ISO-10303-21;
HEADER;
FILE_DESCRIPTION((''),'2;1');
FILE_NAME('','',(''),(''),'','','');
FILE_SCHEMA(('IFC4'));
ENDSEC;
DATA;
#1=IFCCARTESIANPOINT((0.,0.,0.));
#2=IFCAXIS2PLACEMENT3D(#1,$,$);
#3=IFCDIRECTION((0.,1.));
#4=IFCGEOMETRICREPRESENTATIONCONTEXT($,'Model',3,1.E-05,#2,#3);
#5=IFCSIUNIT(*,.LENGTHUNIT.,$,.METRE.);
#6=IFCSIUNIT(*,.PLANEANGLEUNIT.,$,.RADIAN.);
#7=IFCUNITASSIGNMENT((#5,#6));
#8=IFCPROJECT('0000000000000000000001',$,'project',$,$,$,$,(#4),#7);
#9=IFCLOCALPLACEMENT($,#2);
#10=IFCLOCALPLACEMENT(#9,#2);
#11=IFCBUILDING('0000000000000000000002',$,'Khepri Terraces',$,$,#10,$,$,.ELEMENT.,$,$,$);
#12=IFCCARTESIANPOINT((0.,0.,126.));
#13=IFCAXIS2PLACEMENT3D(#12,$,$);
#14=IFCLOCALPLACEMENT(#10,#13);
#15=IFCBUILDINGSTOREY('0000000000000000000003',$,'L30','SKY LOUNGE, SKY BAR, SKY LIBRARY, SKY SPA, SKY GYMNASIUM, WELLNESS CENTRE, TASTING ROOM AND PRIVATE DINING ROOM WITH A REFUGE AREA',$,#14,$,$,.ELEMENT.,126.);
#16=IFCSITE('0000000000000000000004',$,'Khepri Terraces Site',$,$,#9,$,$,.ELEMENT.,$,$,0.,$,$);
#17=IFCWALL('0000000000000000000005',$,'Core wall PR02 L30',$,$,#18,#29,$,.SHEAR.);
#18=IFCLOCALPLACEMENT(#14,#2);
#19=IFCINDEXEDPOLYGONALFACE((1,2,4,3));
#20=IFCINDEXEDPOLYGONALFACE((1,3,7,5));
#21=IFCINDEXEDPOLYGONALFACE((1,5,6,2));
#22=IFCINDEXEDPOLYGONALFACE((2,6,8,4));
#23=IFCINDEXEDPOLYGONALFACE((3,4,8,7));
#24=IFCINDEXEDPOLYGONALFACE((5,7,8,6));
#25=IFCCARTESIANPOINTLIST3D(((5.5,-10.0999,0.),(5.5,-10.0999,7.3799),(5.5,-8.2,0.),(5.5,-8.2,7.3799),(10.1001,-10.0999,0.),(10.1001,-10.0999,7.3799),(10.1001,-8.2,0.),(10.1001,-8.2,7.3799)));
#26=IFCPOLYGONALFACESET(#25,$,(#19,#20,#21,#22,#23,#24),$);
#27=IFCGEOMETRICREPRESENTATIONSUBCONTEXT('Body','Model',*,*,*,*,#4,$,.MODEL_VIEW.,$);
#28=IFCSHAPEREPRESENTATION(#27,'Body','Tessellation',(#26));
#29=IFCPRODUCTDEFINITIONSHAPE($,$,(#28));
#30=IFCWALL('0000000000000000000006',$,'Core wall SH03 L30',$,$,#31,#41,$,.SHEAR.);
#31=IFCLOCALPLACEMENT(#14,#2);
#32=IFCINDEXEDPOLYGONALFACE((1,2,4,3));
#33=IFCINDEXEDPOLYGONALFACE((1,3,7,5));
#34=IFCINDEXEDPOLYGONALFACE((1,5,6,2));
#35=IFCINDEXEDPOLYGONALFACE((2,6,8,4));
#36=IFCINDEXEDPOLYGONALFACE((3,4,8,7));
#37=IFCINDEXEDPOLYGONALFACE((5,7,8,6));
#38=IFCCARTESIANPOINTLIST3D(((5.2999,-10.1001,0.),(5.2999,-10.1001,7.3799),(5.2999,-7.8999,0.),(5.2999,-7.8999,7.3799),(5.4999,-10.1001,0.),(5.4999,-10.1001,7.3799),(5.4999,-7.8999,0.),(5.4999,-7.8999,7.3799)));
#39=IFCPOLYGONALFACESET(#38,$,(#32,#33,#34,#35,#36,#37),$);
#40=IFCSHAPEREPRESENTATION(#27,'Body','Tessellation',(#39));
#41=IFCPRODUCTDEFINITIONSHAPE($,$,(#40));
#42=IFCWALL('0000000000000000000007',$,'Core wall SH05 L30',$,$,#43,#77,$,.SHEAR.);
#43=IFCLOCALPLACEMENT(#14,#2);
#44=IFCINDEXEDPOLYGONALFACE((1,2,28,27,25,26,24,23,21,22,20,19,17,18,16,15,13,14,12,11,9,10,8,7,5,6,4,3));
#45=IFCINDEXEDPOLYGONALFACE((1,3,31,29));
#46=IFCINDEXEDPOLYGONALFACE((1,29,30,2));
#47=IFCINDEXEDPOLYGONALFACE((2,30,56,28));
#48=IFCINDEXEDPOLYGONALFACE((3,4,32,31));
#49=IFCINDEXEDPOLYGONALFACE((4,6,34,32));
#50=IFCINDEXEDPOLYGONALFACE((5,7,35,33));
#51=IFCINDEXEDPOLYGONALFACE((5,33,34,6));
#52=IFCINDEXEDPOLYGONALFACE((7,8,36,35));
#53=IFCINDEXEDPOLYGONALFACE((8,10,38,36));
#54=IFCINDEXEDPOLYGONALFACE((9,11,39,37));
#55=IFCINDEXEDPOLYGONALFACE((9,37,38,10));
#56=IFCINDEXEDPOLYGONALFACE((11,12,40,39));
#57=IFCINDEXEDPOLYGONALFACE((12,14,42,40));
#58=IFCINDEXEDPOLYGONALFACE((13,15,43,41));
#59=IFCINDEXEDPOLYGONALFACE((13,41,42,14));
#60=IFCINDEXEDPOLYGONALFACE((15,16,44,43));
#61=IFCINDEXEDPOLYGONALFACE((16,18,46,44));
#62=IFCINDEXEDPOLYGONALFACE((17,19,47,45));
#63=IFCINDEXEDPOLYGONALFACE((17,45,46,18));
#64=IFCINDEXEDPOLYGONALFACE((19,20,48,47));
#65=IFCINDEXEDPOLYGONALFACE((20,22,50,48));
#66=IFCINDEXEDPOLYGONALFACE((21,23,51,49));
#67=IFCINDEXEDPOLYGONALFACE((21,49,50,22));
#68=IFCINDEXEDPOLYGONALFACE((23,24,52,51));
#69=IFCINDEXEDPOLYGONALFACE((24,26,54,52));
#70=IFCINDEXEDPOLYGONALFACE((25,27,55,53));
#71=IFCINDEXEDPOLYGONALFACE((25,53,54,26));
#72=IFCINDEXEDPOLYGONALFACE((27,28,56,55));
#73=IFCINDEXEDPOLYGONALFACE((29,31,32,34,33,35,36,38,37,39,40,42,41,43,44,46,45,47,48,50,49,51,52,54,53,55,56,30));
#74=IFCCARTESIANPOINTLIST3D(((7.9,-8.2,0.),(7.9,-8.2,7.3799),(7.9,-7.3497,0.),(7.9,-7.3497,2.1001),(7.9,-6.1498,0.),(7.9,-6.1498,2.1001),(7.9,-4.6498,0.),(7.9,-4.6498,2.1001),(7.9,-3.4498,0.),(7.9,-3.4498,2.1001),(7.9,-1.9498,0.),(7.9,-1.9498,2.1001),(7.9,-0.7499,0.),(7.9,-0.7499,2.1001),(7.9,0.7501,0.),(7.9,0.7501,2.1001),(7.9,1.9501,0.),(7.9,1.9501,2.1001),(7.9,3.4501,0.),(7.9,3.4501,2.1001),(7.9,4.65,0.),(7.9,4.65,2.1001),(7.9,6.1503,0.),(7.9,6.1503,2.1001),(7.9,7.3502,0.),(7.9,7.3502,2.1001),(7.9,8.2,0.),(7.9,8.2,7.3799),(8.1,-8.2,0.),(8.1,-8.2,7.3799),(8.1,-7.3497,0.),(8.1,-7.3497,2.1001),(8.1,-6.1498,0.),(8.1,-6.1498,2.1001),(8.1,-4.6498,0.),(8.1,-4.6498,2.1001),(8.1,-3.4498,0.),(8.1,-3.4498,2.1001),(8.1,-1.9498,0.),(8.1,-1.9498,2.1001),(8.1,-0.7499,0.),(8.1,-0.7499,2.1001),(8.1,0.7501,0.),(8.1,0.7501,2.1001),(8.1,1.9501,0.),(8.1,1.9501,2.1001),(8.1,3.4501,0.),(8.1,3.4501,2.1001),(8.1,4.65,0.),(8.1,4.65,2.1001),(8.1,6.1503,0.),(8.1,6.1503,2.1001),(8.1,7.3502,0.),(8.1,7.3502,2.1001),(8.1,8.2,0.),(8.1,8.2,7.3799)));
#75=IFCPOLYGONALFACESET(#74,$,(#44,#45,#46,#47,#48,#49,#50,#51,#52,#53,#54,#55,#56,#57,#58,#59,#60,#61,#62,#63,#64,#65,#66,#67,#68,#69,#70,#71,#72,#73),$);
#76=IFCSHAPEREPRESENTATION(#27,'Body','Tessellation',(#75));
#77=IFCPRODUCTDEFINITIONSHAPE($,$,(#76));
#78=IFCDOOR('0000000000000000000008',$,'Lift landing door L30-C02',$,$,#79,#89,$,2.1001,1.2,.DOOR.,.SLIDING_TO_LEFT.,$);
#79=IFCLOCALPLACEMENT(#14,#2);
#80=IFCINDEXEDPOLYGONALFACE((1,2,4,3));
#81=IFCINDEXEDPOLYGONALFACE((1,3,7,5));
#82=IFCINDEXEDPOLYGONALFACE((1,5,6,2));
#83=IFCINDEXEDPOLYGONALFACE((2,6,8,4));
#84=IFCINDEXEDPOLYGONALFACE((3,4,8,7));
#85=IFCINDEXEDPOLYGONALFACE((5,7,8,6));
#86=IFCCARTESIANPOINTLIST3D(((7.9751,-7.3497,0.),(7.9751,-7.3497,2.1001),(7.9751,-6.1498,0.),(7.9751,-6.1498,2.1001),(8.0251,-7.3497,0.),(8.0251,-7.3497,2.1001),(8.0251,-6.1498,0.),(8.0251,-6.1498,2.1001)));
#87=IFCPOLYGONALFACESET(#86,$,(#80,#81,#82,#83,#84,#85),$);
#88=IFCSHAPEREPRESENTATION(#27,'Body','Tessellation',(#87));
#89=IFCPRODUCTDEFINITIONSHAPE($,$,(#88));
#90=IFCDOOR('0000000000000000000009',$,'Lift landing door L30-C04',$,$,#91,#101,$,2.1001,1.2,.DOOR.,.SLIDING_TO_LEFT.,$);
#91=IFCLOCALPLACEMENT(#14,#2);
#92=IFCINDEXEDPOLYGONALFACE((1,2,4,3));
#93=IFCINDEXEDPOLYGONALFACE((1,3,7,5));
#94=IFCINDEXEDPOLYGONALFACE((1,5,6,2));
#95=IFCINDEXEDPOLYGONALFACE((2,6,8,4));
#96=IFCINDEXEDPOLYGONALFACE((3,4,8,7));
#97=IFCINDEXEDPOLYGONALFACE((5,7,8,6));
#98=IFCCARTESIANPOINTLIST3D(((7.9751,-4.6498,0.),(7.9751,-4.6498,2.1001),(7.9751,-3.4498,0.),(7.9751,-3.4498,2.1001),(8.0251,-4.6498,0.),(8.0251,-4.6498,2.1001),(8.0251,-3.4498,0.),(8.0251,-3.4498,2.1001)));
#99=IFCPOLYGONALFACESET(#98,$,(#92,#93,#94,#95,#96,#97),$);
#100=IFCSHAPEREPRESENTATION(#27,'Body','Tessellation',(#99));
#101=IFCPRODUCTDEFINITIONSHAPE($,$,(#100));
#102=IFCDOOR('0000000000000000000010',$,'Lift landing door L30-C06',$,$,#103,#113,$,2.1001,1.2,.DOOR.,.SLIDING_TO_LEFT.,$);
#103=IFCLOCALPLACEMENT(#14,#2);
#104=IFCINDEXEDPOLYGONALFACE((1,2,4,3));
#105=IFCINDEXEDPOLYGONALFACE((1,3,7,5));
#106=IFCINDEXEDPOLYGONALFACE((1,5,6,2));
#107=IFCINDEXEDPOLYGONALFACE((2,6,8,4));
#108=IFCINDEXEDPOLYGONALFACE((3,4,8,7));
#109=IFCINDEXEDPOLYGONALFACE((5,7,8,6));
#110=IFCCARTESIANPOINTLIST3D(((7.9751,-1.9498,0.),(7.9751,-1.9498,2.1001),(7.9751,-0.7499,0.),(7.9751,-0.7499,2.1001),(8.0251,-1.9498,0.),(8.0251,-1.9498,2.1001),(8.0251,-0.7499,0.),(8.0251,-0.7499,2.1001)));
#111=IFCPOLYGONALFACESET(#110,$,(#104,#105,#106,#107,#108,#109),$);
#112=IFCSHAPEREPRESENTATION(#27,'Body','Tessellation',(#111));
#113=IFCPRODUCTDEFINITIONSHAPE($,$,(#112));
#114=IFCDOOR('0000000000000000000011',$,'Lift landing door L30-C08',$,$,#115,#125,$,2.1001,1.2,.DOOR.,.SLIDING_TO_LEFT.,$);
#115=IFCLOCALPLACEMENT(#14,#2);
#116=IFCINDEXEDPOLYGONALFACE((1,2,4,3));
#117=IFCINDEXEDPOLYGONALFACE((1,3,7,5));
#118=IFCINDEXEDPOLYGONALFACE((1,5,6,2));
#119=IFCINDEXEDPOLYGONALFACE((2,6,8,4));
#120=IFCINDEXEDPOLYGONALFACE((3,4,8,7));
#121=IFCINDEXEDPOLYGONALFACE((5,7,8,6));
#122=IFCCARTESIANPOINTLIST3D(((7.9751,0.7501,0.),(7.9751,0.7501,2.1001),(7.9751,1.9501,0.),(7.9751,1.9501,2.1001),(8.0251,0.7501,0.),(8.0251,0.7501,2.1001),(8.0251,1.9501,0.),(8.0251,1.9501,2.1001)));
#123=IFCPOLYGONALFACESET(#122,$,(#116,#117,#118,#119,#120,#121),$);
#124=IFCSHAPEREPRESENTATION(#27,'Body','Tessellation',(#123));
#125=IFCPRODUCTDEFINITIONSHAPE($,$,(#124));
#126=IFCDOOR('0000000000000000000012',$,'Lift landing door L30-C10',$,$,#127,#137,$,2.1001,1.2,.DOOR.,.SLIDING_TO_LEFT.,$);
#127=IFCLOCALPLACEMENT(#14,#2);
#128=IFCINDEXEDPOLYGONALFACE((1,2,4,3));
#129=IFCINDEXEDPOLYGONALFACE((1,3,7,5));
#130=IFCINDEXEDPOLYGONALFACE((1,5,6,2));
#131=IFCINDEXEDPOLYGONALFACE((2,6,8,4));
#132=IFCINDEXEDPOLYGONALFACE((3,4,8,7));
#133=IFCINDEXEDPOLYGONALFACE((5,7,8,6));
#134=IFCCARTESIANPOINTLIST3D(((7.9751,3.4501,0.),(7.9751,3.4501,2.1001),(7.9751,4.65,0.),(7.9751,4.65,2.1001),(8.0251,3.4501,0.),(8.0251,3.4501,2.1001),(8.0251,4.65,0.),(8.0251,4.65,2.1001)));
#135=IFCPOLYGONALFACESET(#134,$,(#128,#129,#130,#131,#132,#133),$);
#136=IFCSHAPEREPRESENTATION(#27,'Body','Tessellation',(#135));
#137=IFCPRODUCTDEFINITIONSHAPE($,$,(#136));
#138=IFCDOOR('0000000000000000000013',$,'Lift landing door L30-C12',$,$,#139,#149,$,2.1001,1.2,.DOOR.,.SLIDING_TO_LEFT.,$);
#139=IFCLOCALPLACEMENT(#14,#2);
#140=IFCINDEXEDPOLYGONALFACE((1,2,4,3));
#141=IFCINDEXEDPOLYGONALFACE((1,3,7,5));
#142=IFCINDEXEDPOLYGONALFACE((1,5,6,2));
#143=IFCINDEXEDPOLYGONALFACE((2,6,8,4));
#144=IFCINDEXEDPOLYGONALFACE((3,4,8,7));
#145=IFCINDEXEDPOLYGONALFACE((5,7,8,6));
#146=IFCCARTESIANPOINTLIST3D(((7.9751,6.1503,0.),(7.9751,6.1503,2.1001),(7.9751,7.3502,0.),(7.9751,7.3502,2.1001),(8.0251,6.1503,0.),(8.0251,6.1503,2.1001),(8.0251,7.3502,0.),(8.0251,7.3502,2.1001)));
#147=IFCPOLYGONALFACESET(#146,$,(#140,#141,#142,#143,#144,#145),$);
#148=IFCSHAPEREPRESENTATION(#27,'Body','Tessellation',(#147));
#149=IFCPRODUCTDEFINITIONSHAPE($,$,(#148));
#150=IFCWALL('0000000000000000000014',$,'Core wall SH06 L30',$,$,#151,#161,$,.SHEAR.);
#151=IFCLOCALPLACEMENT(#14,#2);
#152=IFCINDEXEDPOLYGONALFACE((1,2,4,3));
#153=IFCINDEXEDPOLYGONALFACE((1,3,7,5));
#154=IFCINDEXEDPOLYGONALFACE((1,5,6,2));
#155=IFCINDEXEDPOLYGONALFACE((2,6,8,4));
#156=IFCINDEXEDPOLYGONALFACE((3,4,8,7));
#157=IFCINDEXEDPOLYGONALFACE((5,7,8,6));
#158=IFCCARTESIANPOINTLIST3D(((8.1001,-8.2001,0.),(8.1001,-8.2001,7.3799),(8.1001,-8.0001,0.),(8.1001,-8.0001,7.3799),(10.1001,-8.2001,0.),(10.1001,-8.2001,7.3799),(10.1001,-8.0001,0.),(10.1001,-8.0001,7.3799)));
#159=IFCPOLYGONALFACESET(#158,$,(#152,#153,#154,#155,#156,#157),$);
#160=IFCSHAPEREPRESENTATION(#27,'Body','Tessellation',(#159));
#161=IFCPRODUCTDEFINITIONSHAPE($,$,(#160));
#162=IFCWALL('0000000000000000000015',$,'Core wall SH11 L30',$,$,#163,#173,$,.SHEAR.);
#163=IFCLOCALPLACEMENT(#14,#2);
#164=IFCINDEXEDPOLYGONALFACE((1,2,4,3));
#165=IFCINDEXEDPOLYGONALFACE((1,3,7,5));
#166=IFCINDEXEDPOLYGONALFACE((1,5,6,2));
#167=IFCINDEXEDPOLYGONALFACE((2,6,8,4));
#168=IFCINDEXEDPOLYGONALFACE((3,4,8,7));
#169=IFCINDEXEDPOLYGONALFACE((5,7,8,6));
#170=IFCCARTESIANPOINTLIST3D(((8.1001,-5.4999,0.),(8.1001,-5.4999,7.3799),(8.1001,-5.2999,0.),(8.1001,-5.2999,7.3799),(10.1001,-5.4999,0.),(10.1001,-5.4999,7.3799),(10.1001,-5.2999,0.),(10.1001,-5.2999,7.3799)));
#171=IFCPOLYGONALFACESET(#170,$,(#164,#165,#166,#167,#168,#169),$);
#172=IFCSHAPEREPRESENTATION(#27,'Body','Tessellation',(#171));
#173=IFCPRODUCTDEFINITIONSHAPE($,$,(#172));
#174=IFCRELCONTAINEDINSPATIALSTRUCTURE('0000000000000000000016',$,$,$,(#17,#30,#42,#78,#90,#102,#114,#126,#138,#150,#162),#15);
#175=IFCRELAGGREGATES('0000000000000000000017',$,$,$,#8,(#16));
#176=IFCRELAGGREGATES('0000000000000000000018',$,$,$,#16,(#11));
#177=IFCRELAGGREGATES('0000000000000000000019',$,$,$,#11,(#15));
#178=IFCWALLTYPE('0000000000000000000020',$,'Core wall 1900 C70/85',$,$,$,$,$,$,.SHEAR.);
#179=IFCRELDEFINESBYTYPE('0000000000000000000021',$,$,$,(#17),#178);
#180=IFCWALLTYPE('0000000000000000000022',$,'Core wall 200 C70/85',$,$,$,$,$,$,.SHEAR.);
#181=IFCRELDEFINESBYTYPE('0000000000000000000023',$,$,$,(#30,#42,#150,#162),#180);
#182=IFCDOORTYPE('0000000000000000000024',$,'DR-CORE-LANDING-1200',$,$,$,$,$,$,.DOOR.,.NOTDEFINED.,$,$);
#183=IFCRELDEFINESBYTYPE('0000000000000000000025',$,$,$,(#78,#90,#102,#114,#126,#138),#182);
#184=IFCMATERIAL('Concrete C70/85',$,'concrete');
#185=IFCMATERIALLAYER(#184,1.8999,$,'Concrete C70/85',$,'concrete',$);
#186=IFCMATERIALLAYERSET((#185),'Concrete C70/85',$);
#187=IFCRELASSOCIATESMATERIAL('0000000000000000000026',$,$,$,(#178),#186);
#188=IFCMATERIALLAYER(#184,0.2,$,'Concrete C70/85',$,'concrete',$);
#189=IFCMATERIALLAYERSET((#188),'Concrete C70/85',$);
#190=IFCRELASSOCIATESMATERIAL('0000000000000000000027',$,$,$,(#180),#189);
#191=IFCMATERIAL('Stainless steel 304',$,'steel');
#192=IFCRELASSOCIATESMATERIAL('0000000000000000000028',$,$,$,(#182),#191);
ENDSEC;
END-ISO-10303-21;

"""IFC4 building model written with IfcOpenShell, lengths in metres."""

from ifc_helpers import new_model, si_unit, direction, frame, frame_2d, origin, place, context, subcontext, project, spatial, rectangle, extrude, material, layer, layer_set, type_object, element, fill, save


model = new_model("IFC4")

# Units and contexts
model_context = context("Model", 3, precision=1e-05, world=origin(), true_north=direction((0.0, 1.0)))
body_context = subcontext(model_context, "Body", "Model", "MODEL_VIEW")
ifc_project = project(units=[si_unit("LENGTHUNIT", "METRE"), si_unit("PLANEANGLEUNIT", "RADIAN")], contexts=[model_context])

# Site, building, storey
site_placement = place(None, origin())
site = spatial("IfcSite", under=ifc_project, at=site_placement, Name="Khepri Terraces Site", CompositionType="ELEMENT", RefElevation=0.0)
building_placement = place(site_placement, origin())
building = spatial("IfcBuilding", under=site, at=building_placement, Name="Khepri Terraces", CompositionType="ELEMENT")
storey_placement = place(building_placement, frame((0.0, 0.0, 126.0)))
storey = spatial("IfcBuildingStorey", under=building, at=storey_placement, Name="L30", Description="SKY LOUNGE, SKY BAR, SKY LIBRARY, SKY SPA, SKY GYMNASIUM, WELLNESS CENTRE, TASTING ROOM AND PRIVATE DINING ROOM WITH A REFUGE AREA", CompositionType="ELEMENT", Elevation=126.0)

# Walls
ifc_material_1 = material(Name="Concrete C70/85", Category="concrete")
ifc_layer_1 = layer(ifc_material_1, 1.8999, Name="Concrete C70/85", Category="concrete")
ifc_layer_set_1 = layer_set([ifc_layer_1], Name="Concrete C70/85")
wall_type_1 = type_object("IfcWallType", Name="Core wall 1900 C70/85", PredefinedType="SHEAR", material=ifc_layer_set_1)
wall_1_placement = place(storey_placement, frame((5.5, -9.1499, 0.0), z_axis=(0.0, 0.0, 1.0), x_axis=(1.0, 0.0, 0.0)))
element("IfcWall", 1, at=wall_1_placement, inside=storey, type_object=wall_type_1, Name="Core wall PR02 L30", PredefinedType="SHEAR", context=body_context, shape_type="SweptSolid", body=[
    extrude(rectangle(XDim=4.6001, YDim=1.8999, at=frame_2d((2.3, 0.0))), origin(), (0.0, 0.0, 1.0), 7.3799),
])
ifc_layer_2 = layer(ifc_material_1, 0.2, Name="Concrete C70/85", Category="concrete")
ifc_layer_set_2 = layer_set([ifc_layer_2], Name="Concrete C70/85")
wall_type_2 = type_object("IfcWallType", Name="Core wall 200 C70/85", PredefinedType="SHEAR", material=ifc_layer_set_2)
wall_2_placement = place(storey_placement, frame((5.3999, -10.1001, 0.0), z_axis=(0.0, 0.0, 1.0), x_axis=(0.0, 1.0, 0.0)))
element("IfcWall", 2, at=wall_2_placement, inside=storey, type_object=wall_type_2, Name="Core wall SH03 L30", PredefinedType="SHEAR", context=body_context, shape_type="SweptSolid", body=[
    extrude(rectangle(XDim=2.2002, YDim=0.2, at=frame_2d((1.1001, 0.0))), origin(), (0.0, 0.0, 1.0), 7.3799),
])

# Wall, openings, doors
wall_3_placement = place(storey_placement, frame((8.0, -8.2, 0.0), z_axis=(0.0, 0.0, 1.0), x_axis=(0.0, 1.0, 0.0)))
wall_3 = element("IfcWall", 3, at=wall_3_placement, inside=storey, type_object=wall_type_2, Name="Core wall SH05 L30", PredefinedType="SHEAR", context=body_context, shape_type="SweptSolid", body=[
    extrude(rectangle(XDim=16.3999, YDim=0.2, at=frame_2d((8.2, 0.0))), origin(), (0.0, 0.0, 1.0), 7.3799),
])
opening_1_placement = place(wall_3_placement, frame((0.8501, 0.0, 0.0)))
opening_1 = element("IfcOpeningElement", 4, at=opening_1_placement, cuts=wall_3, PredefinedType="OPENING", context=body_context, shape_type="SweptSolid", body=[
    extrude(rectangle(XDim=1.2, YDim=2.1001, at=frame_2d((0.6001, 1.05))), frame((0.0, 0.1099, 0.0), z_axis=(0.0, -1.0, 0.0), x_axis=(1.0, 0.0, 0.0)), (0.0, 0.0, 1.0), 0.22),
])
opening_2_placement = place(wall_3_placement, frame((3.55, 0.0, 0.0)))
opening_2 = element("IfcOpeningElement", 5, at=opening_2_placement, cuts=wall_3, PredefinedType="OPENING", context=body_context, shape_type="SweptSolid", body=[
    extrude(rectangle(XDim=1.2, YDim=2.1001, at=frame_2d((0.6001, 1.05))), frame((0.0, 0.1099, 0.0), z_axis=(0.0, -1.0, 0.0), x_axis=(1.0, 0.0, 0.0)), (0.0, 0.0, 1.0), 0.22),
])
opening_3_placement = place(wall_3_placement, frame((6.25, 0.0, 0.0)))
opening_3 = element("IfcOpeningElement", 6, at=opening_3_placement, cuts=wall_3, PredefinedType="OPENING", context=body_context, shape_type="SweptSolid", body=[
    extrude(rectangle(XDim=1.2, YDim=2.1001, at=frame_2d((0.6001, 1.05))), frame((0.0, 0.1099, 0.0), z_axis=(0.0, -1.0, 0.0), x_axis=(1.0, 0.0, 0.0)), (0.0, 0.0, 1.0), 0.22),
])
opening_4_placement = place(wall_3_placement, frame((8.95, 0.0, 0.0)))
opening_4 = element("IfcOpeningElement", 7, at=opening_4_placement, cuts=wall_3, PredefinedType="OPENING", context=body_context, shape_type="SweptSolid", body=[
    extrude(rectangle(XDim=1.2, YDim=2.1001, at=frame_2d((0.6001, 1.05))), frame((0.0, 0.1099, 0.0), z_axis=(0.0, -1.0, 0.0), x_axis=(1.0, 0.0, 0.0)), (0.0, 0.0, 1.0), 0.22),
])
opening_5_placement = place(wall_3_placement, frame((11.6499, 0.0, 0.0)))
opening_5 = element("IfcOpeningElement", 8, at=opening_5_placement, cuts=wall_3, PredefinedType="OPENING", context=body_context, shape_type="SweptSolid", body=[
    extrude(rectangle(XDim=1.2, YDim=2.1001, at=frame_2d((0.6001, 1.05))), frame((0.0, 0.1099, 0.0), z_axis=(0.0, -1.0, 0.0), x_axis=(1.0, 0.0, 0.0)), (0.0, 0.0, 1.0), 0.22),
])
opening_6_placement = place(wall_3_placement, frame((14.3501, 0.0, 0.0)))
opening_6 = element("IfcOpeningElement", 9, at=opening_6_placement, cuts=wall_3, PredefinedType="OPENING", context=body_context, shape_type="SweptSolid", body=[
    extrude(rectangle(XDim=1.2, YDim=2.1001, at=frame_2d((0.6001, 1.05))), frame((0.0, 0.1099, 0.0), z_axis=(0.0, -1.0, 0.0), x_axis=(1.0, 0.0, 0.0)), (0.0, 0.0, 1.0), 0.22),
])
ifc_material_2 = material(Name="Stainless steel 304", Category="steel")
door_type_1 = type_object("IfcDoorType", Name="DR-CORE-LANDING-1200", OperationType="NOTDEFINED", PredefinedType="DOOR", material=ifc_material_2)
door_1_placement = place(opening_1_placement, origin())
door_1 = element("IfcDoor", 10, at=door_1_placement, inside=storey, type_object=door_type_1, Name="Lift landing door L30-C02", OperationType="SLIDING_TO_LEFT", OverallHeight=2.1001, OverallWidth=1.2, PredefinedType="DOOR", context=body_context, shape_type="SweptSolid", body=[
    extrude(rectangle(XDim=1.2, YDim=2.1001, at=frame_2d((0.6001, 1.05))), frame((0.0, 0.0249, 0.0), z_axis=(0.0, -1.0, 0.0), x_axis=(1.0, 0.0, 0.0)), (0.0, 0.0, 1.0), 0.05),
])
fill(opening_1, door_1)
door_2_placement = place(opening_2_placement, origin())
door_2 = element("IfcDoor", 11, at=door_2_placement, inside=storey, type_object=door_type_1, Name="Lift landing door L30-C04", OperationType="SLIDING_TO_LEFT", OverallHeight=2.1001, OverallWidth=1.2, PredefinedType="DOOR", context=body_context, shape_type="SweptSolid", body=[
    extrude(rectangle(XDim=1.2, YDim=2.1001, at=frame_2d((0.6001, 1.05))), frame((0.0, 0.0249, 0.0), z_axis=(0.0, -1.0, 0.0), x_axis=(1.0, 0.0, 0.0)), (0.0, 0.0, 1.0), 0.05),
])
fill(opening_2, door_2)
door_3_placement = place(opening_3_placement, origin())
door_3 = element("IfcDoor", 12, at=door_3_placement, inside=storey, type_object=door_type_1, Name="Lift landing door L30-C06", OperationType="SLIDING_TO_LEFT", OverallHeight=2.1001, OverallWidth=1.2, PredefinedType="DOOR", context=body_context, shape_type="SweptSolid", body=[
    extrude(rectangle(XDim=1.2, YDim=2.1001, at=frame_2d((0.6001, 1.05))), frame((0.0, 0.0249, 0.0), z_axis=(0.0, -1.0, 0.0), x_axis=(1.0, 0.0, 0.0)), (0.0, 0.0, 1.0), 0.05),
])
fill(opening_3, door_3)
door_4_placement = place(opening_4_placement, origin())
door_4 = element("IfcDoor", 13, at=door_4_placement, inside=storey, type_object=door_type_1, Name="Lift landing door L30-C08", OperationType="SLIDING_TO_LEFT", OverallHeight=2.1001, OverallWidth=1.2, PredefinedType="DOOR", context=body_context, shape_type="SweptSolid", body=[
    extrude(rectangle(XDim=1.2, YDim=2.1001, at=frame_2d((0.6001, 1.05))), frame((0.0, 0.0249, 0.0), z_axis=(0.0, -1.0, 0.0), x_axis=(1.0, 0.0, 0.0)), (0.0, 0.0, 1.0), 0.05),
])
fill(opening_4, door_4)
door_5_placement = place(opening_5_placement, origin())
door_5 = element("IfcDoor", 14, at=door_5_placement, inside=storey, type_object=door_type_1, Name="Lift landing door L30-C10", OperationType="SLIDING_TO_LEFT", OverallHeight=2.1001, OverallWidth=1.2, PredefinedType="DOOR", context=body_context, shape_type="SweptSolid", body=[
    extrude(rectangle(XDim=1.2, YDim=2.1001, at=frame_2d((0.6001, 1.05))), frame((0.0, 0.0249, 0.0), z_axis=(0.0, -1.0, 0.0), x_axis=(1.0, 0.0, 0.0)), (0.0, 0.0, 1.0), 0.05),
])
fill(opening_5, door_5)
door_6_placement = place(opening_6_placement, origin())
door_6 = element("IfcDoor", 15, at=door_6_placement, inside=storey, type_object=door_type_1, Name="Lift landing door L30-C12", OperationType="SLIDING_TO_LEFT", OverallHeight=2.1001, OverallWidth=1.2, PredefinedType="DOOR", context=body_context, shape_type="SweptSolid", body=[
    extrude(rectangle(XDim=1.2, YDim=2.1001, at=frame_2d((0.6001, 1.05))), frame((0.0, 0.0249, 0.0), z_axis=(0.0, -1.0, 0.0), x_axis=(1.0, 0.0, 0.0)), (0.0, 0.0, 1.0), 0.05),
])
fill(opening_6, door_6)

# Walls
for number, where, z_axis, x_axis, name in (
    (16, (8.1001, -8.1001, 0.0), (0.0, 0.0, 1.0), (1.0, 0.0, 0.0), "Core wall SH06 L30"),
    (17, (8.1001, -5.3999, 0.0), (0.0, 0.0, 1.0), (1.0, 0.0, 0.0), "Core wall SH11 L30"),
):
    element("IfcWall", number, at=place(storey_placement, frame(where, z_axis=z_axis, x_axis=x_axis)), inside=storey, type_object=wall_type_2, Name=name, PredefinedType="SHEAR", context=body_context, shape_type="SweptSolid", body=[
        extrude(rectangle(XDim=2.0, YDim=0.2, at=frame_2d((1.0, 0.0))), origin(), (0.0, 0.0, 1.0), 7.3799),
    ])

save(model, "model.ifc")
